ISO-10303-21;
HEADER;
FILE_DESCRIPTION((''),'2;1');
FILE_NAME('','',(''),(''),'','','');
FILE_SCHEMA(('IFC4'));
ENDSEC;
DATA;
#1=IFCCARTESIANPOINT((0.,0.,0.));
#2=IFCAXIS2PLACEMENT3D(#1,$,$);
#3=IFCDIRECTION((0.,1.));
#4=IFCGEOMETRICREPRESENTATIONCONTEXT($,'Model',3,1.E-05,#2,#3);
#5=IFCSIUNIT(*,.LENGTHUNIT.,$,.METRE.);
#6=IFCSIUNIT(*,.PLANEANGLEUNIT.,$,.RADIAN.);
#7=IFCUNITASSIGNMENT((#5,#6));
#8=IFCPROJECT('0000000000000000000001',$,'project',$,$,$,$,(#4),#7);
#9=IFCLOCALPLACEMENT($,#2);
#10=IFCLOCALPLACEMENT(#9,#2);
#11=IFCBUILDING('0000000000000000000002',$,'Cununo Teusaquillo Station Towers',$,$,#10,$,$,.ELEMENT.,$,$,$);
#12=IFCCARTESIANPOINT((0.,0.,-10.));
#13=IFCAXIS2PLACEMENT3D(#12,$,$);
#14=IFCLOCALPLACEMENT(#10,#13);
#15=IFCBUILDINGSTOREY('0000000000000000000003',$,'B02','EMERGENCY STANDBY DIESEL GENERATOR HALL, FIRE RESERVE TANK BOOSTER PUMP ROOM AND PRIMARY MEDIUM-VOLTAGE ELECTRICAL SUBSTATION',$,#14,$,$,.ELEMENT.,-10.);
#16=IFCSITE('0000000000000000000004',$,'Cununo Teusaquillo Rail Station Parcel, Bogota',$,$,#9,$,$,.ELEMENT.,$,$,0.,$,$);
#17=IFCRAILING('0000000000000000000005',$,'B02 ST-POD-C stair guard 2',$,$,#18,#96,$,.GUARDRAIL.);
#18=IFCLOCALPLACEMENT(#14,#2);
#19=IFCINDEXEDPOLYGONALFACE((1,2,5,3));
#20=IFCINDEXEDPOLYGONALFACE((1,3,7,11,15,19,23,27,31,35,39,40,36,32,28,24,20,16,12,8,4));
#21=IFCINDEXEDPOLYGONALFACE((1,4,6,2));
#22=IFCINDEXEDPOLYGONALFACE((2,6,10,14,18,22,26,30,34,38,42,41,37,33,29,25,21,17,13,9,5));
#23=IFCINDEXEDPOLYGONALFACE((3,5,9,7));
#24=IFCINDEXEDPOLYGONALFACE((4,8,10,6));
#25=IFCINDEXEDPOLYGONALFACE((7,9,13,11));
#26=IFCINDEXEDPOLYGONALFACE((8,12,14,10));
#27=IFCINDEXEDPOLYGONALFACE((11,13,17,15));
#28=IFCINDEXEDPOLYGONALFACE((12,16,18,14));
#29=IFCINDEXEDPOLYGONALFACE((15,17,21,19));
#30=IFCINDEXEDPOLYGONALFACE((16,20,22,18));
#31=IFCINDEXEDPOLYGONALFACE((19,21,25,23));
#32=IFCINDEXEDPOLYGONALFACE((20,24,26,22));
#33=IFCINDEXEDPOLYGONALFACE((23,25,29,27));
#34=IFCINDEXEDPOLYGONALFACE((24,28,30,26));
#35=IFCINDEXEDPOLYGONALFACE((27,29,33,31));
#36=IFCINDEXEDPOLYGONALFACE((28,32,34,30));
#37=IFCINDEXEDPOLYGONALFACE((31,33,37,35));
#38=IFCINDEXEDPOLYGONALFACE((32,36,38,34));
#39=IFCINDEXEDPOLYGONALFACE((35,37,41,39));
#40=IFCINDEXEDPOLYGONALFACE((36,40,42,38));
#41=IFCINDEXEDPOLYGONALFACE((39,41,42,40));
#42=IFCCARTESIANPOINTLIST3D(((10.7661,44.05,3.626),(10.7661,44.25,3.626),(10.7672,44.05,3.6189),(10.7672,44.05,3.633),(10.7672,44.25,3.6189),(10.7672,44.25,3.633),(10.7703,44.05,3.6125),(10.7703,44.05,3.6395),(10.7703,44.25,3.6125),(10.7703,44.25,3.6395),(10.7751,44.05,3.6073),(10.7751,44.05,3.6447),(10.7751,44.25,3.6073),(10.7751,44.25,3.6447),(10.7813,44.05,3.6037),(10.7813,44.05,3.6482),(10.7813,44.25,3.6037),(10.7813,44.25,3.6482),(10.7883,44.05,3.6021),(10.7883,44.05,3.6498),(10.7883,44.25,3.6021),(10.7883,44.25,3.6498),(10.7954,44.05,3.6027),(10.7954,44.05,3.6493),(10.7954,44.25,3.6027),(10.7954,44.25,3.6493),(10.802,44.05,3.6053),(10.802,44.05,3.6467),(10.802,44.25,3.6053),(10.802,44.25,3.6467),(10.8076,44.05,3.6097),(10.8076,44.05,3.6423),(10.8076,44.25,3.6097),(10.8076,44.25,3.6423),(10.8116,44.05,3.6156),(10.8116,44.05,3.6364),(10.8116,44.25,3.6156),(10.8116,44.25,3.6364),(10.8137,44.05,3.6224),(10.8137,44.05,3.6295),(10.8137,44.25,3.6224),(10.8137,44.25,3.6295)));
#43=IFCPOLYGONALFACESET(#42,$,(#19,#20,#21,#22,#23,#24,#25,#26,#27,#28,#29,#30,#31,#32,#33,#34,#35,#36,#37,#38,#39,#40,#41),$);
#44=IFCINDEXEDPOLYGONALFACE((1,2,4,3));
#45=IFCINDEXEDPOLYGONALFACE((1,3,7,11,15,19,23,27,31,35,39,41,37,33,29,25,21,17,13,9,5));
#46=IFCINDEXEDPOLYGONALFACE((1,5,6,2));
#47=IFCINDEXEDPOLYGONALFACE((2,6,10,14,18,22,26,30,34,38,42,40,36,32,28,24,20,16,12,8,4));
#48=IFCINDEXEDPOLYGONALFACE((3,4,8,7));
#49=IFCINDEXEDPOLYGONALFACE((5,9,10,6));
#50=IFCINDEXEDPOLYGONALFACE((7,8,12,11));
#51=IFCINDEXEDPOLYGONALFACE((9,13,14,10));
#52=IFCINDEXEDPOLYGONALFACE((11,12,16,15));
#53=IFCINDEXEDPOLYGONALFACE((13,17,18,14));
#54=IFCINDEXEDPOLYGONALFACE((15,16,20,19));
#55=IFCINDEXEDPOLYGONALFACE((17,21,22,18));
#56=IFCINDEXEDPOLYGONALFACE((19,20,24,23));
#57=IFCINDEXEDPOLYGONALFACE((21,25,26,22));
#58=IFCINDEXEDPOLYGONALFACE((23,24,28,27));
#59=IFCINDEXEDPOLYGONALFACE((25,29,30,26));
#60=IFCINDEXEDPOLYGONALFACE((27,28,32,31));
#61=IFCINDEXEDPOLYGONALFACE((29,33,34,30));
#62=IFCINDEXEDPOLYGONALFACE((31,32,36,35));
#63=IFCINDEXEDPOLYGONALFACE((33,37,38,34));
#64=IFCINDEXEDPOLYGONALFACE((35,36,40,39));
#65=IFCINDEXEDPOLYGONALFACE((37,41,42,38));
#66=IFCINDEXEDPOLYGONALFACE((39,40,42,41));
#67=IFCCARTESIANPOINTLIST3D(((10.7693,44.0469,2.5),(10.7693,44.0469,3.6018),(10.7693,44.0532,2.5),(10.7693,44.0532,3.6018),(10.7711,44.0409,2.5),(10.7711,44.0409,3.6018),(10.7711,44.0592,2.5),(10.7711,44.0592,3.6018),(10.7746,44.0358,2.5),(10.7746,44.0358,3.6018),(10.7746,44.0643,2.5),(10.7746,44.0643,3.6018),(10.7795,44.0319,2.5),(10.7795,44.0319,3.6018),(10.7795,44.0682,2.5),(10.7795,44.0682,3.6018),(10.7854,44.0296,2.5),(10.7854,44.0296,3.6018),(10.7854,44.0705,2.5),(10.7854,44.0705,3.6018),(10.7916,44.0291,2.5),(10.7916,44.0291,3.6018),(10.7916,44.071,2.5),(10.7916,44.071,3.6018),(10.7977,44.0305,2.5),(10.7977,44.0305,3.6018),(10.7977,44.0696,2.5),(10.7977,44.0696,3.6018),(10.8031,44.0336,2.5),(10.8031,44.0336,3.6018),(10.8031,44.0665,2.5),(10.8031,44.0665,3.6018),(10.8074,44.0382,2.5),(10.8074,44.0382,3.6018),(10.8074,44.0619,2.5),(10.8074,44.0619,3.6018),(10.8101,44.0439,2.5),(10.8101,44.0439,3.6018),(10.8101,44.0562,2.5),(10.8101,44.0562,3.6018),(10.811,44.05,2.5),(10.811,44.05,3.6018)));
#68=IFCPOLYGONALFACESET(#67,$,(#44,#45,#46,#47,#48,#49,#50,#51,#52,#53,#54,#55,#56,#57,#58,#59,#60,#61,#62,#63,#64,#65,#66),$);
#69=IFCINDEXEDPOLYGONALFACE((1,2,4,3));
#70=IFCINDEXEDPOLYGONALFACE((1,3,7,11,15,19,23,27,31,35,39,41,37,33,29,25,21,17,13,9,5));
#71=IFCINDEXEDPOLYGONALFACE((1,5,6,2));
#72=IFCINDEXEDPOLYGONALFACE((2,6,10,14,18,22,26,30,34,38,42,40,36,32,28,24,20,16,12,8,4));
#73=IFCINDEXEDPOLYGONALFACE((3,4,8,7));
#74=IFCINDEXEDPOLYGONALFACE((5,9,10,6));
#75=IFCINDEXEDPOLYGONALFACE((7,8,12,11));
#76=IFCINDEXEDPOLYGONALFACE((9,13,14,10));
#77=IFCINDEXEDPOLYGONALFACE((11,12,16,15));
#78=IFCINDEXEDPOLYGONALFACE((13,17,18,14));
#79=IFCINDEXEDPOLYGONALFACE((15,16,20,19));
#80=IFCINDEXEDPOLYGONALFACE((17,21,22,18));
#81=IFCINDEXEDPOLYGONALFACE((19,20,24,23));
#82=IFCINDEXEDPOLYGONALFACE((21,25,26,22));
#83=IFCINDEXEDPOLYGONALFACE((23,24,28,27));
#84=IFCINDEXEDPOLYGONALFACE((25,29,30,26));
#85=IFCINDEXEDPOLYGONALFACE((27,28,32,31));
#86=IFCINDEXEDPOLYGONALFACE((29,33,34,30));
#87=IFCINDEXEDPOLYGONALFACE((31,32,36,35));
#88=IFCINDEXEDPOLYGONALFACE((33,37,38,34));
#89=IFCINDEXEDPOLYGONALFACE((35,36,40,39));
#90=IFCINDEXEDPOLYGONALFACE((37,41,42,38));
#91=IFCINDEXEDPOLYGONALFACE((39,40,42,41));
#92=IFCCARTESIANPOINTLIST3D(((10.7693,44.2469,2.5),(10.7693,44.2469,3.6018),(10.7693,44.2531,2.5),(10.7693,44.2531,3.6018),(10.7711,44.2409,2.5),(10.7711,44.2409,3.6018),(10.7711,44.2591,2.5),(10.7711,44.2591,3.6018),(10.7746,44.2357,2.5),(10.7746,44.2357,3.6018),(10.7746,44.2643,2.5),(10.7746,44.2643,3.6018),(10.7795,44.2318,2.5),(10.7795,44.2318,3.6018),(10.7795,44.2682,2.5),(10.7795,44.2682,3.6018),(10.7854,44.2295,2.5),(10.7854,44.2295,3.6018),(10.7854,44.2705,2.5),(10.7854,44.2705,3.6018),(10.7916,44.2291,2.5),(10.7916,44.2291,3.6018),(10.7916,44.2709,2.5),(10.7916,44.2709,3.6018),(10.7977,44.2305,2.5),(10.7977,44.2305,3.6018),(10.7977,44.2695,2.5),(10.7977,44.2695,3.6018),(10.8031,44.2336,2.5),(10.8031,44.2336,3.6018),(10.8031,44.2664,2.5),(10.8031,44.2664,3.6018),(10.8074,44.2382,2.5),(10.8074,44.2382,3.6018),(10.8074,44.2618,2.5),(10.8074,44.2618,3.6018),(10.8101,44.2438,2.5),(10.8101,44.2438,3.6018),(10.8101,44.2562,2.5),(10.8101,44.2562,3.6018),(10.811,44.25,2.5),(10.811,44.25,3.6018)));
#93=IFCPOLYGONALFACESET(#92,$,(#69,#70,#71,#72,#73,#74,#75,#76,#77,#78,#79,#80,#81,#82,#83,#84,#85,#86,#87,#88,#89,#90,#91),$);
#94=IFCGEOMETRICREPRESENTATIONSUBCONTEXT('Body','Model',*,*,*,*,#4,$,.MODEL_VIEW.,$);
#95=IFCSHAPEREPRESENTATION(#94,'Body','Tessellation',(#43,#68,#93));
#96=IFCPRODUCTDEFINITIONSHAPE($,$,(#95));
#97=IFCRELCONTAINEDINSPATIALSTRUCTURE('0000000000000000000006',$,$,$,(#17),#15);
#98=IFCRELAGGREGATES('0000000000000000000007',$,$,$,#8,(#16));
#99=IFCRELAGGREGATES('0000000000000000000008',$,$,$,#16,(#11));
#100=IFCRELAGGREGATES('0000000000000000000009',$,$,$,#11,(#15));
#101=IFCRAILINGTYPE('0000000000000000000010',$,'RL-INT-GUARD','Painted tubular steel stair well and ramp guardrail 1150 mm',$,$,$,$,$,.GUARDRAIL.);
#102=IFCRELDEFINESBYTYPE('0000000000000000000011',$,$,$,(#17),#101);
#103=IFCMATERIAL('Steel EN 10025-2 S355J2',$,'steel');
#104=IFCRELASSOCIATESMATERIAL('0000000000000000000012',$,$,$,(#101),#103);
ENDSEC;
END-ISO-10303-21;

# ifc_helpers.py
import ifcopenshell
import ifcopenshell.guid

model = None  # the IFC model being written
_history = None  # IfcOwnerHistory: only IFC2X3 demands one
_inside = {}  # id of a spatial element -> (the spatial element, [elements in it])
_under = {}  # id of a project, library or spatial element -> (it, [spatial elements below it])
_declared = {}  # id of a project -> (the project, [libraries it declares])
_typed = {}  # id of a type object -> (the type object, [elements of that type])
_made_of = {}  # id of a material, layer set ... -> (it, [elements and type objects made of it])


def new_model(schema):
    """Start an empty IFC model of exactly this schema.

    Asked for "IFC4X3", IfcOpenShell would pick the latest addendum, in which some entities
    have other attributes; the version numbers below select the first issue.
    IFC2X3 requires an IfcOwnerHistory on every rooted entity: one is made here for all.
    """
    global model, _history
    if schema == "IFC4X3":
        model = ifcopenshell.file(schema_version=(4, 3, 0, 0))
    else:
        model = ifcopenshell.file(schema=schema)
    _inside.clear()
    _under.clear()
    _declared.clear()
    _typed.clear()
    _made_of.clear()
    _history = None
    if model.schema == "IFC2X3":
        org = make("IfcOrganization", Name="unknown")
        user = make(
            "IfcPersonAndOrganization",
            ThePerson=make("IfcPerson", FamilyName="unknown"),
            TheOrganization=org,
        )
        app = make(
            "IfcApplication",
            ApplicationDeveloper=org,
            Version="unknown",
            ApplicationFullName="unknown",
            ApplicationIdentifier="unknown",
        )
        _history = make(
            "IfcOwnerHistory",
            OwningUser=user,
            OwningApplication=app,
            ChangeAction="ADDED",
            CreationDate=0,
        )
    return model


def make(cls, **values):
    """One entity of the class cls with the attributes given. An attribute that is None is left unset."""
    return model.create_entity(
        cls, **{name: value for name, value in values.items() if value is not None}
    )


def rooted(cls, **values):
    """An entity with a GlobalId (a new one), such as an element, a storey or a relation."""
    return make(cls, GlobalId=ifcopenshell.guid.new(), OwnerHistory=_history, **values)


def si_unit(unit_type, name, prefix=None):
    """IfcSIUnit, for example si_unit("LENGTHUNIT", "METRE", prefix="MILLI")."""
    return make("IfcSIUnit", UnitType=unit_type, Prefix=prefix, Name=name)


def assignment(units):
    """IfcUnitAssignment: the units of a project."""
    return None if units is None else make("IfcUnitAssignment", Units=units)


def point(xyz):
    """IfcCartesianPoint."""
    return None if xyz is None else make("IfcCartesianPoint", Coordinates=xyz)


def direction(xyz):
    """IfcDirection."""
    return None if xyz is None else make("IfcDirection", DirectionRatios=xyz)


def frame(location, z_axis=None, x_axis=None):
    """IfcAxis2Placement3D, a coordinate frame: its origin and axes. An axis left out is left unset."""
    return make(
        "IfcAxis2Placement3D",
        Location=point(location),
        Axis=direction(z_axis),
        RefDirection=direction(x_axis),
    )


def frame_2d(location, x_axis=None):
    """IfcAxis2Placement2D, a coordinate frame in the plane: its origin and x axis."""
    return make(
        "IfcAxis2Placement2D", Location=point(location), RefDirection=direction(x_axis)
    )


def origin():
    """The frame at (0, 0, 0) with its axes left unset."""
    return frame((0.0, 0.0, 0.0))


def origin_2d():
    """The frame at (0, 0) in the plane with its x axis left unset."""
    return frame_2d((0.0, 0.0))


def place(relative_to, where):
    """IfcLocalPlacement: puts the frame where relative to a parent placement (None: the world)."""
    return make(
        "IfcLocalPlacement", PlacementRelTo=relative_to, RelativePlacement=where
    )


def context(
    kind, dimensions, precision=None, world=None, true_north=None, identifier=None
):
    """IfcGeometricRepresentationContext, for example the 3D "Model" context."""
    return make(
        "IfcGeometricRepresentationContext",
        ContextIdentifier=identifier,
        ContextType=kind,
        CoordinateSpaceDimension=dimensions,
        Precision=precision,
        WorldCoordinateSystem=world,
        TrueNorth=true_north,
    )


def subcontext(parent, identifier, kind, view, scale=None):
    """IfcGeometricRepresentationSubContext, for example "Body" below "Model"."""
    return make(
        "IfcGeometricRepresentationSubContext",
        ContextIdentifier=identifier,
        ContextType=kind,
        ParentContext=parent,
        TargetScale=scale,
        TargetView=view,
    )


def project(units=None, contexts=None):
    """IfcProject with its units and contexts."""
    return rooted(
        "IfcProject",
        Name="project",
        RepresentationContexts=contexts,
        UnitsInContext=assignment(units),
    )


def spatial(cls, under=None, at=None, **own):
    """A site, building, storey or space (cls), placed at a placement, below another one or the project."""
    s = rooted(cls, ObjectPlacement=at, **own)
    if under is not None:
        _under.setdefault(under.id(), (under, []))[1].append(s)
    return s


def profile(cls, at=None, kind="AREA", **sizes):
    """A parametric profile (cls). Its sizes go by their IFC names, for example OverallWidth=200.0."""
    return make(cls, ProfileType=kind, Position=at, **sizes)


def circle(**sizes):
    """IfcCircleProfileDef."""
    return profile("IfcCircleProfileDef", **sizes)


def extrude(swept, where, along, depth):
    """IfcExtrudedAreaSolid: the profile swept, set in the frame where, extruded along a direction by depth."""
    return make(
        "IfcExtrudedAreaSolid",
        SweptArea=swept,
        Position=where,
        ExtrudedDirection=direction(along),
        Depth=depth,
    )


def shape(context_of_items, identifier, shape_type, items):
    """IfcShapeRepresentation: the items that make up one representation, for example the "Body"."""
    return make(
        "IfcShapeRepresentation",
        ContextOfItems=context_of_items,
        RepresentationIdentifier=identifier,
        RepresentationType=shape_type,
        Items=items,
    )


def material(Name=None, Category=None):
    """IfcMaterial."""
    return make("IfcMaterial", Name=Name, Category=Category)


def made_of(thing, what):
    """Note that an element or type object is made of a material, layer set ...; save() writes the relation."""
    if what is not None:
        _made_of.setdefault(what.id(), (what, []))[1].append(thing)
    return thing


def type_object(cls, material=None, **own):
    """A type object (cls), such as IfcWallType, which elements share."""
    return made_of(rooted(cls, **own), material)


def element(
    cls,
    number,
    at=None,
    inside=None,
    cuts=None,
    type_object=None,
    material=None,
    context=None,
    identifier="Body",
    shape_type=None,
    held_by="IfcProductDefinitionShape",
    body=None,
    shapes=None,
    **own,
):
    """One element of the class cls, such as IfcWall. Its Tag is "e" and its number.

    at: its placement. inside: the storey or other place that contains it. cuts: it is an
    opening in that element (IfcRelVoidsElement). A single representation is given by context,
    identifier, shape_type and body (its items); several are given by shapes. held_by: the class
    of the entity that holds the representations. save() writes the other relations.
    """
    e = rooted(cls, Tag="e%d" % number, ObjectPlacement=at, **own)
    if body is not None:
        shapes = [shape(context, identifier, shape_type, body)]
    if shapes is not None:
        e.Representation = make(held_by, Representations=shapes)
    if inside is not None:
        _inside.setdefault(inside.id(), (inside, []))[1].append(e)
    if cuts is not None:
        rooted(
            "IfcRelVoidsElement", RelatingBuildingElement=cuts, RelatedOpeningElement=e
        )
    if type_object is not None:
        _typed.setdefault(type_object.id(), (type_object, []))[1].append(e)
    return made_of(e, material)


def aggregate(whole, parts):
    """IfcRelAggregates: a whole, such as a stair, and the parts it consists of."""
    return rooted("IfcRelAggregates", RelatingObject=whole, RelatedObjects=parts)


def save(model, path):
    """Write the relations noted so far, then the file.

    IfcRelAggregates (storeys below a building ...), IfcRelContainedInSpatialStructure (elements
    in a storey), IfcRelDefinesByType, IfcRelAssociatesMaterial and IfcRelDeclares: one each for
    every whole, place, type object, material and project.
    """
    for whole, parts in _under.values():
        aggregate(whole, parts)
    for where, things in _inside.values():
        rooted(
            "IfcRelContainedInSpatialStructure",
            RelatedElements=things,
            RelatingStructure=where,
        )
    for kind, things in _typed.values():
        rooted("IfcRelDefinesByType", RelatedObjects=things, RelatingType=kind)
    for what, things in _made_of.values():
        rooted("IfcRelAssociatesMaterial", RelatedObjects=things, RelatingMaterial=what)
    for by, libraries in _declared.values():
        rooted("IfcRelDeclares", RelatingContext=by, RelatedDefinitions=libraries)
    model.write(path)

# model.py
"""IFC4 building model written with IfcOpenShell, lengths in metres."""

from ifc_helpers import new_model, si_unit, direction, frame, origin, origin_2d, place, context, subcontext, project, spatial, circle, extrude, material, type_object, element, save


model = new_model("IFC4")

# Units and contexts
model_context = context("Model", 3, precision=1e-05, world=origin(), true_north=direction((0.0, 1.0)))
body_context = subcontext(model_context, "Body", "Model", "MODEL_VIEW")
ifc_project = project(units=[si_unit("LENGTHUNIT", "METRE"), si_unit("PLANEANGLEUNIT", "RADIAN")], contexts=[model_context])

# Site, building, storey
site_placement = place(None, origin())
site = spatial("IfcSite", under=ifc_project, at=site_placement, Name="Cununo Teusaquillo Rail Station Parcel, Bogota", CompositionType="ELEMENT", RefElevation=0.0)
building_placement = place(site_placement, origin())
building = spatial("IfcBuilding", under=site, at=building_placement, Name="Cununo Teusaquillo Station Towers", CompositionType="ELEMENT")
storey_placement = place(building_placement, frame((0.0, 0.0, -10.0)))
storey = spatial("IfcBuildingStorey", under=building, at=storey_placement, Name="B02", Description="EMERGENCY STANDBY DIESEL GENERATOR HALL, FIRE RESERVE TANK BOOSTER PUMP ROOM AND PRIMARY MEDIUM-VOLTAGE ELECTRICAL SUBSTATION", CompositionType="ELEMENT", Elevation=-10.0)

# Railing
ifc_material_1 = material(Name="Steel EN 10025-2 S355J2", Category="steel")
railing_type_1 = type_object("IfcRailingType", Name="RL-INT-GUARD", Description="Painted tubular steel stair well and ramp guardrail 1150 mm", PredefinedType="GUARDRAIL", material=ifc_material_1)
railing_1_placement = place(storey_placement, frame((10.79, 44.05, 2.5)))
element("IfcRailing", 1, at=railing_1_placement, inside=storey, type_object=railing_type_1, Name="B02 ST-POD-C stair guard 2", PredefinedType="GUARDRAIL", context=body_context, shape_type="SweptSolid", body=[
    extrude(circle(Radius=0.0239, at=origin_2d()), frame((0.0, 0.0, 1.126), z_axis=(0.0, 1.0, 0.0), x_axis=(-1.0, 0.0, 0.0)), (0.0, 0.0, 1.0), 0.2),
    extrude(circle(Radius=0.021, at=origin_2d()), origin(), (0.0, 0.0, 1.0), 1.1018),
    extrude(circle(Radius=0.021, at=origin_2d()), frame((0.0, 0.2, 0.0)), (0.0, 0.0, 1.0), 1.1018),
])

save(model, "model.ifc")
